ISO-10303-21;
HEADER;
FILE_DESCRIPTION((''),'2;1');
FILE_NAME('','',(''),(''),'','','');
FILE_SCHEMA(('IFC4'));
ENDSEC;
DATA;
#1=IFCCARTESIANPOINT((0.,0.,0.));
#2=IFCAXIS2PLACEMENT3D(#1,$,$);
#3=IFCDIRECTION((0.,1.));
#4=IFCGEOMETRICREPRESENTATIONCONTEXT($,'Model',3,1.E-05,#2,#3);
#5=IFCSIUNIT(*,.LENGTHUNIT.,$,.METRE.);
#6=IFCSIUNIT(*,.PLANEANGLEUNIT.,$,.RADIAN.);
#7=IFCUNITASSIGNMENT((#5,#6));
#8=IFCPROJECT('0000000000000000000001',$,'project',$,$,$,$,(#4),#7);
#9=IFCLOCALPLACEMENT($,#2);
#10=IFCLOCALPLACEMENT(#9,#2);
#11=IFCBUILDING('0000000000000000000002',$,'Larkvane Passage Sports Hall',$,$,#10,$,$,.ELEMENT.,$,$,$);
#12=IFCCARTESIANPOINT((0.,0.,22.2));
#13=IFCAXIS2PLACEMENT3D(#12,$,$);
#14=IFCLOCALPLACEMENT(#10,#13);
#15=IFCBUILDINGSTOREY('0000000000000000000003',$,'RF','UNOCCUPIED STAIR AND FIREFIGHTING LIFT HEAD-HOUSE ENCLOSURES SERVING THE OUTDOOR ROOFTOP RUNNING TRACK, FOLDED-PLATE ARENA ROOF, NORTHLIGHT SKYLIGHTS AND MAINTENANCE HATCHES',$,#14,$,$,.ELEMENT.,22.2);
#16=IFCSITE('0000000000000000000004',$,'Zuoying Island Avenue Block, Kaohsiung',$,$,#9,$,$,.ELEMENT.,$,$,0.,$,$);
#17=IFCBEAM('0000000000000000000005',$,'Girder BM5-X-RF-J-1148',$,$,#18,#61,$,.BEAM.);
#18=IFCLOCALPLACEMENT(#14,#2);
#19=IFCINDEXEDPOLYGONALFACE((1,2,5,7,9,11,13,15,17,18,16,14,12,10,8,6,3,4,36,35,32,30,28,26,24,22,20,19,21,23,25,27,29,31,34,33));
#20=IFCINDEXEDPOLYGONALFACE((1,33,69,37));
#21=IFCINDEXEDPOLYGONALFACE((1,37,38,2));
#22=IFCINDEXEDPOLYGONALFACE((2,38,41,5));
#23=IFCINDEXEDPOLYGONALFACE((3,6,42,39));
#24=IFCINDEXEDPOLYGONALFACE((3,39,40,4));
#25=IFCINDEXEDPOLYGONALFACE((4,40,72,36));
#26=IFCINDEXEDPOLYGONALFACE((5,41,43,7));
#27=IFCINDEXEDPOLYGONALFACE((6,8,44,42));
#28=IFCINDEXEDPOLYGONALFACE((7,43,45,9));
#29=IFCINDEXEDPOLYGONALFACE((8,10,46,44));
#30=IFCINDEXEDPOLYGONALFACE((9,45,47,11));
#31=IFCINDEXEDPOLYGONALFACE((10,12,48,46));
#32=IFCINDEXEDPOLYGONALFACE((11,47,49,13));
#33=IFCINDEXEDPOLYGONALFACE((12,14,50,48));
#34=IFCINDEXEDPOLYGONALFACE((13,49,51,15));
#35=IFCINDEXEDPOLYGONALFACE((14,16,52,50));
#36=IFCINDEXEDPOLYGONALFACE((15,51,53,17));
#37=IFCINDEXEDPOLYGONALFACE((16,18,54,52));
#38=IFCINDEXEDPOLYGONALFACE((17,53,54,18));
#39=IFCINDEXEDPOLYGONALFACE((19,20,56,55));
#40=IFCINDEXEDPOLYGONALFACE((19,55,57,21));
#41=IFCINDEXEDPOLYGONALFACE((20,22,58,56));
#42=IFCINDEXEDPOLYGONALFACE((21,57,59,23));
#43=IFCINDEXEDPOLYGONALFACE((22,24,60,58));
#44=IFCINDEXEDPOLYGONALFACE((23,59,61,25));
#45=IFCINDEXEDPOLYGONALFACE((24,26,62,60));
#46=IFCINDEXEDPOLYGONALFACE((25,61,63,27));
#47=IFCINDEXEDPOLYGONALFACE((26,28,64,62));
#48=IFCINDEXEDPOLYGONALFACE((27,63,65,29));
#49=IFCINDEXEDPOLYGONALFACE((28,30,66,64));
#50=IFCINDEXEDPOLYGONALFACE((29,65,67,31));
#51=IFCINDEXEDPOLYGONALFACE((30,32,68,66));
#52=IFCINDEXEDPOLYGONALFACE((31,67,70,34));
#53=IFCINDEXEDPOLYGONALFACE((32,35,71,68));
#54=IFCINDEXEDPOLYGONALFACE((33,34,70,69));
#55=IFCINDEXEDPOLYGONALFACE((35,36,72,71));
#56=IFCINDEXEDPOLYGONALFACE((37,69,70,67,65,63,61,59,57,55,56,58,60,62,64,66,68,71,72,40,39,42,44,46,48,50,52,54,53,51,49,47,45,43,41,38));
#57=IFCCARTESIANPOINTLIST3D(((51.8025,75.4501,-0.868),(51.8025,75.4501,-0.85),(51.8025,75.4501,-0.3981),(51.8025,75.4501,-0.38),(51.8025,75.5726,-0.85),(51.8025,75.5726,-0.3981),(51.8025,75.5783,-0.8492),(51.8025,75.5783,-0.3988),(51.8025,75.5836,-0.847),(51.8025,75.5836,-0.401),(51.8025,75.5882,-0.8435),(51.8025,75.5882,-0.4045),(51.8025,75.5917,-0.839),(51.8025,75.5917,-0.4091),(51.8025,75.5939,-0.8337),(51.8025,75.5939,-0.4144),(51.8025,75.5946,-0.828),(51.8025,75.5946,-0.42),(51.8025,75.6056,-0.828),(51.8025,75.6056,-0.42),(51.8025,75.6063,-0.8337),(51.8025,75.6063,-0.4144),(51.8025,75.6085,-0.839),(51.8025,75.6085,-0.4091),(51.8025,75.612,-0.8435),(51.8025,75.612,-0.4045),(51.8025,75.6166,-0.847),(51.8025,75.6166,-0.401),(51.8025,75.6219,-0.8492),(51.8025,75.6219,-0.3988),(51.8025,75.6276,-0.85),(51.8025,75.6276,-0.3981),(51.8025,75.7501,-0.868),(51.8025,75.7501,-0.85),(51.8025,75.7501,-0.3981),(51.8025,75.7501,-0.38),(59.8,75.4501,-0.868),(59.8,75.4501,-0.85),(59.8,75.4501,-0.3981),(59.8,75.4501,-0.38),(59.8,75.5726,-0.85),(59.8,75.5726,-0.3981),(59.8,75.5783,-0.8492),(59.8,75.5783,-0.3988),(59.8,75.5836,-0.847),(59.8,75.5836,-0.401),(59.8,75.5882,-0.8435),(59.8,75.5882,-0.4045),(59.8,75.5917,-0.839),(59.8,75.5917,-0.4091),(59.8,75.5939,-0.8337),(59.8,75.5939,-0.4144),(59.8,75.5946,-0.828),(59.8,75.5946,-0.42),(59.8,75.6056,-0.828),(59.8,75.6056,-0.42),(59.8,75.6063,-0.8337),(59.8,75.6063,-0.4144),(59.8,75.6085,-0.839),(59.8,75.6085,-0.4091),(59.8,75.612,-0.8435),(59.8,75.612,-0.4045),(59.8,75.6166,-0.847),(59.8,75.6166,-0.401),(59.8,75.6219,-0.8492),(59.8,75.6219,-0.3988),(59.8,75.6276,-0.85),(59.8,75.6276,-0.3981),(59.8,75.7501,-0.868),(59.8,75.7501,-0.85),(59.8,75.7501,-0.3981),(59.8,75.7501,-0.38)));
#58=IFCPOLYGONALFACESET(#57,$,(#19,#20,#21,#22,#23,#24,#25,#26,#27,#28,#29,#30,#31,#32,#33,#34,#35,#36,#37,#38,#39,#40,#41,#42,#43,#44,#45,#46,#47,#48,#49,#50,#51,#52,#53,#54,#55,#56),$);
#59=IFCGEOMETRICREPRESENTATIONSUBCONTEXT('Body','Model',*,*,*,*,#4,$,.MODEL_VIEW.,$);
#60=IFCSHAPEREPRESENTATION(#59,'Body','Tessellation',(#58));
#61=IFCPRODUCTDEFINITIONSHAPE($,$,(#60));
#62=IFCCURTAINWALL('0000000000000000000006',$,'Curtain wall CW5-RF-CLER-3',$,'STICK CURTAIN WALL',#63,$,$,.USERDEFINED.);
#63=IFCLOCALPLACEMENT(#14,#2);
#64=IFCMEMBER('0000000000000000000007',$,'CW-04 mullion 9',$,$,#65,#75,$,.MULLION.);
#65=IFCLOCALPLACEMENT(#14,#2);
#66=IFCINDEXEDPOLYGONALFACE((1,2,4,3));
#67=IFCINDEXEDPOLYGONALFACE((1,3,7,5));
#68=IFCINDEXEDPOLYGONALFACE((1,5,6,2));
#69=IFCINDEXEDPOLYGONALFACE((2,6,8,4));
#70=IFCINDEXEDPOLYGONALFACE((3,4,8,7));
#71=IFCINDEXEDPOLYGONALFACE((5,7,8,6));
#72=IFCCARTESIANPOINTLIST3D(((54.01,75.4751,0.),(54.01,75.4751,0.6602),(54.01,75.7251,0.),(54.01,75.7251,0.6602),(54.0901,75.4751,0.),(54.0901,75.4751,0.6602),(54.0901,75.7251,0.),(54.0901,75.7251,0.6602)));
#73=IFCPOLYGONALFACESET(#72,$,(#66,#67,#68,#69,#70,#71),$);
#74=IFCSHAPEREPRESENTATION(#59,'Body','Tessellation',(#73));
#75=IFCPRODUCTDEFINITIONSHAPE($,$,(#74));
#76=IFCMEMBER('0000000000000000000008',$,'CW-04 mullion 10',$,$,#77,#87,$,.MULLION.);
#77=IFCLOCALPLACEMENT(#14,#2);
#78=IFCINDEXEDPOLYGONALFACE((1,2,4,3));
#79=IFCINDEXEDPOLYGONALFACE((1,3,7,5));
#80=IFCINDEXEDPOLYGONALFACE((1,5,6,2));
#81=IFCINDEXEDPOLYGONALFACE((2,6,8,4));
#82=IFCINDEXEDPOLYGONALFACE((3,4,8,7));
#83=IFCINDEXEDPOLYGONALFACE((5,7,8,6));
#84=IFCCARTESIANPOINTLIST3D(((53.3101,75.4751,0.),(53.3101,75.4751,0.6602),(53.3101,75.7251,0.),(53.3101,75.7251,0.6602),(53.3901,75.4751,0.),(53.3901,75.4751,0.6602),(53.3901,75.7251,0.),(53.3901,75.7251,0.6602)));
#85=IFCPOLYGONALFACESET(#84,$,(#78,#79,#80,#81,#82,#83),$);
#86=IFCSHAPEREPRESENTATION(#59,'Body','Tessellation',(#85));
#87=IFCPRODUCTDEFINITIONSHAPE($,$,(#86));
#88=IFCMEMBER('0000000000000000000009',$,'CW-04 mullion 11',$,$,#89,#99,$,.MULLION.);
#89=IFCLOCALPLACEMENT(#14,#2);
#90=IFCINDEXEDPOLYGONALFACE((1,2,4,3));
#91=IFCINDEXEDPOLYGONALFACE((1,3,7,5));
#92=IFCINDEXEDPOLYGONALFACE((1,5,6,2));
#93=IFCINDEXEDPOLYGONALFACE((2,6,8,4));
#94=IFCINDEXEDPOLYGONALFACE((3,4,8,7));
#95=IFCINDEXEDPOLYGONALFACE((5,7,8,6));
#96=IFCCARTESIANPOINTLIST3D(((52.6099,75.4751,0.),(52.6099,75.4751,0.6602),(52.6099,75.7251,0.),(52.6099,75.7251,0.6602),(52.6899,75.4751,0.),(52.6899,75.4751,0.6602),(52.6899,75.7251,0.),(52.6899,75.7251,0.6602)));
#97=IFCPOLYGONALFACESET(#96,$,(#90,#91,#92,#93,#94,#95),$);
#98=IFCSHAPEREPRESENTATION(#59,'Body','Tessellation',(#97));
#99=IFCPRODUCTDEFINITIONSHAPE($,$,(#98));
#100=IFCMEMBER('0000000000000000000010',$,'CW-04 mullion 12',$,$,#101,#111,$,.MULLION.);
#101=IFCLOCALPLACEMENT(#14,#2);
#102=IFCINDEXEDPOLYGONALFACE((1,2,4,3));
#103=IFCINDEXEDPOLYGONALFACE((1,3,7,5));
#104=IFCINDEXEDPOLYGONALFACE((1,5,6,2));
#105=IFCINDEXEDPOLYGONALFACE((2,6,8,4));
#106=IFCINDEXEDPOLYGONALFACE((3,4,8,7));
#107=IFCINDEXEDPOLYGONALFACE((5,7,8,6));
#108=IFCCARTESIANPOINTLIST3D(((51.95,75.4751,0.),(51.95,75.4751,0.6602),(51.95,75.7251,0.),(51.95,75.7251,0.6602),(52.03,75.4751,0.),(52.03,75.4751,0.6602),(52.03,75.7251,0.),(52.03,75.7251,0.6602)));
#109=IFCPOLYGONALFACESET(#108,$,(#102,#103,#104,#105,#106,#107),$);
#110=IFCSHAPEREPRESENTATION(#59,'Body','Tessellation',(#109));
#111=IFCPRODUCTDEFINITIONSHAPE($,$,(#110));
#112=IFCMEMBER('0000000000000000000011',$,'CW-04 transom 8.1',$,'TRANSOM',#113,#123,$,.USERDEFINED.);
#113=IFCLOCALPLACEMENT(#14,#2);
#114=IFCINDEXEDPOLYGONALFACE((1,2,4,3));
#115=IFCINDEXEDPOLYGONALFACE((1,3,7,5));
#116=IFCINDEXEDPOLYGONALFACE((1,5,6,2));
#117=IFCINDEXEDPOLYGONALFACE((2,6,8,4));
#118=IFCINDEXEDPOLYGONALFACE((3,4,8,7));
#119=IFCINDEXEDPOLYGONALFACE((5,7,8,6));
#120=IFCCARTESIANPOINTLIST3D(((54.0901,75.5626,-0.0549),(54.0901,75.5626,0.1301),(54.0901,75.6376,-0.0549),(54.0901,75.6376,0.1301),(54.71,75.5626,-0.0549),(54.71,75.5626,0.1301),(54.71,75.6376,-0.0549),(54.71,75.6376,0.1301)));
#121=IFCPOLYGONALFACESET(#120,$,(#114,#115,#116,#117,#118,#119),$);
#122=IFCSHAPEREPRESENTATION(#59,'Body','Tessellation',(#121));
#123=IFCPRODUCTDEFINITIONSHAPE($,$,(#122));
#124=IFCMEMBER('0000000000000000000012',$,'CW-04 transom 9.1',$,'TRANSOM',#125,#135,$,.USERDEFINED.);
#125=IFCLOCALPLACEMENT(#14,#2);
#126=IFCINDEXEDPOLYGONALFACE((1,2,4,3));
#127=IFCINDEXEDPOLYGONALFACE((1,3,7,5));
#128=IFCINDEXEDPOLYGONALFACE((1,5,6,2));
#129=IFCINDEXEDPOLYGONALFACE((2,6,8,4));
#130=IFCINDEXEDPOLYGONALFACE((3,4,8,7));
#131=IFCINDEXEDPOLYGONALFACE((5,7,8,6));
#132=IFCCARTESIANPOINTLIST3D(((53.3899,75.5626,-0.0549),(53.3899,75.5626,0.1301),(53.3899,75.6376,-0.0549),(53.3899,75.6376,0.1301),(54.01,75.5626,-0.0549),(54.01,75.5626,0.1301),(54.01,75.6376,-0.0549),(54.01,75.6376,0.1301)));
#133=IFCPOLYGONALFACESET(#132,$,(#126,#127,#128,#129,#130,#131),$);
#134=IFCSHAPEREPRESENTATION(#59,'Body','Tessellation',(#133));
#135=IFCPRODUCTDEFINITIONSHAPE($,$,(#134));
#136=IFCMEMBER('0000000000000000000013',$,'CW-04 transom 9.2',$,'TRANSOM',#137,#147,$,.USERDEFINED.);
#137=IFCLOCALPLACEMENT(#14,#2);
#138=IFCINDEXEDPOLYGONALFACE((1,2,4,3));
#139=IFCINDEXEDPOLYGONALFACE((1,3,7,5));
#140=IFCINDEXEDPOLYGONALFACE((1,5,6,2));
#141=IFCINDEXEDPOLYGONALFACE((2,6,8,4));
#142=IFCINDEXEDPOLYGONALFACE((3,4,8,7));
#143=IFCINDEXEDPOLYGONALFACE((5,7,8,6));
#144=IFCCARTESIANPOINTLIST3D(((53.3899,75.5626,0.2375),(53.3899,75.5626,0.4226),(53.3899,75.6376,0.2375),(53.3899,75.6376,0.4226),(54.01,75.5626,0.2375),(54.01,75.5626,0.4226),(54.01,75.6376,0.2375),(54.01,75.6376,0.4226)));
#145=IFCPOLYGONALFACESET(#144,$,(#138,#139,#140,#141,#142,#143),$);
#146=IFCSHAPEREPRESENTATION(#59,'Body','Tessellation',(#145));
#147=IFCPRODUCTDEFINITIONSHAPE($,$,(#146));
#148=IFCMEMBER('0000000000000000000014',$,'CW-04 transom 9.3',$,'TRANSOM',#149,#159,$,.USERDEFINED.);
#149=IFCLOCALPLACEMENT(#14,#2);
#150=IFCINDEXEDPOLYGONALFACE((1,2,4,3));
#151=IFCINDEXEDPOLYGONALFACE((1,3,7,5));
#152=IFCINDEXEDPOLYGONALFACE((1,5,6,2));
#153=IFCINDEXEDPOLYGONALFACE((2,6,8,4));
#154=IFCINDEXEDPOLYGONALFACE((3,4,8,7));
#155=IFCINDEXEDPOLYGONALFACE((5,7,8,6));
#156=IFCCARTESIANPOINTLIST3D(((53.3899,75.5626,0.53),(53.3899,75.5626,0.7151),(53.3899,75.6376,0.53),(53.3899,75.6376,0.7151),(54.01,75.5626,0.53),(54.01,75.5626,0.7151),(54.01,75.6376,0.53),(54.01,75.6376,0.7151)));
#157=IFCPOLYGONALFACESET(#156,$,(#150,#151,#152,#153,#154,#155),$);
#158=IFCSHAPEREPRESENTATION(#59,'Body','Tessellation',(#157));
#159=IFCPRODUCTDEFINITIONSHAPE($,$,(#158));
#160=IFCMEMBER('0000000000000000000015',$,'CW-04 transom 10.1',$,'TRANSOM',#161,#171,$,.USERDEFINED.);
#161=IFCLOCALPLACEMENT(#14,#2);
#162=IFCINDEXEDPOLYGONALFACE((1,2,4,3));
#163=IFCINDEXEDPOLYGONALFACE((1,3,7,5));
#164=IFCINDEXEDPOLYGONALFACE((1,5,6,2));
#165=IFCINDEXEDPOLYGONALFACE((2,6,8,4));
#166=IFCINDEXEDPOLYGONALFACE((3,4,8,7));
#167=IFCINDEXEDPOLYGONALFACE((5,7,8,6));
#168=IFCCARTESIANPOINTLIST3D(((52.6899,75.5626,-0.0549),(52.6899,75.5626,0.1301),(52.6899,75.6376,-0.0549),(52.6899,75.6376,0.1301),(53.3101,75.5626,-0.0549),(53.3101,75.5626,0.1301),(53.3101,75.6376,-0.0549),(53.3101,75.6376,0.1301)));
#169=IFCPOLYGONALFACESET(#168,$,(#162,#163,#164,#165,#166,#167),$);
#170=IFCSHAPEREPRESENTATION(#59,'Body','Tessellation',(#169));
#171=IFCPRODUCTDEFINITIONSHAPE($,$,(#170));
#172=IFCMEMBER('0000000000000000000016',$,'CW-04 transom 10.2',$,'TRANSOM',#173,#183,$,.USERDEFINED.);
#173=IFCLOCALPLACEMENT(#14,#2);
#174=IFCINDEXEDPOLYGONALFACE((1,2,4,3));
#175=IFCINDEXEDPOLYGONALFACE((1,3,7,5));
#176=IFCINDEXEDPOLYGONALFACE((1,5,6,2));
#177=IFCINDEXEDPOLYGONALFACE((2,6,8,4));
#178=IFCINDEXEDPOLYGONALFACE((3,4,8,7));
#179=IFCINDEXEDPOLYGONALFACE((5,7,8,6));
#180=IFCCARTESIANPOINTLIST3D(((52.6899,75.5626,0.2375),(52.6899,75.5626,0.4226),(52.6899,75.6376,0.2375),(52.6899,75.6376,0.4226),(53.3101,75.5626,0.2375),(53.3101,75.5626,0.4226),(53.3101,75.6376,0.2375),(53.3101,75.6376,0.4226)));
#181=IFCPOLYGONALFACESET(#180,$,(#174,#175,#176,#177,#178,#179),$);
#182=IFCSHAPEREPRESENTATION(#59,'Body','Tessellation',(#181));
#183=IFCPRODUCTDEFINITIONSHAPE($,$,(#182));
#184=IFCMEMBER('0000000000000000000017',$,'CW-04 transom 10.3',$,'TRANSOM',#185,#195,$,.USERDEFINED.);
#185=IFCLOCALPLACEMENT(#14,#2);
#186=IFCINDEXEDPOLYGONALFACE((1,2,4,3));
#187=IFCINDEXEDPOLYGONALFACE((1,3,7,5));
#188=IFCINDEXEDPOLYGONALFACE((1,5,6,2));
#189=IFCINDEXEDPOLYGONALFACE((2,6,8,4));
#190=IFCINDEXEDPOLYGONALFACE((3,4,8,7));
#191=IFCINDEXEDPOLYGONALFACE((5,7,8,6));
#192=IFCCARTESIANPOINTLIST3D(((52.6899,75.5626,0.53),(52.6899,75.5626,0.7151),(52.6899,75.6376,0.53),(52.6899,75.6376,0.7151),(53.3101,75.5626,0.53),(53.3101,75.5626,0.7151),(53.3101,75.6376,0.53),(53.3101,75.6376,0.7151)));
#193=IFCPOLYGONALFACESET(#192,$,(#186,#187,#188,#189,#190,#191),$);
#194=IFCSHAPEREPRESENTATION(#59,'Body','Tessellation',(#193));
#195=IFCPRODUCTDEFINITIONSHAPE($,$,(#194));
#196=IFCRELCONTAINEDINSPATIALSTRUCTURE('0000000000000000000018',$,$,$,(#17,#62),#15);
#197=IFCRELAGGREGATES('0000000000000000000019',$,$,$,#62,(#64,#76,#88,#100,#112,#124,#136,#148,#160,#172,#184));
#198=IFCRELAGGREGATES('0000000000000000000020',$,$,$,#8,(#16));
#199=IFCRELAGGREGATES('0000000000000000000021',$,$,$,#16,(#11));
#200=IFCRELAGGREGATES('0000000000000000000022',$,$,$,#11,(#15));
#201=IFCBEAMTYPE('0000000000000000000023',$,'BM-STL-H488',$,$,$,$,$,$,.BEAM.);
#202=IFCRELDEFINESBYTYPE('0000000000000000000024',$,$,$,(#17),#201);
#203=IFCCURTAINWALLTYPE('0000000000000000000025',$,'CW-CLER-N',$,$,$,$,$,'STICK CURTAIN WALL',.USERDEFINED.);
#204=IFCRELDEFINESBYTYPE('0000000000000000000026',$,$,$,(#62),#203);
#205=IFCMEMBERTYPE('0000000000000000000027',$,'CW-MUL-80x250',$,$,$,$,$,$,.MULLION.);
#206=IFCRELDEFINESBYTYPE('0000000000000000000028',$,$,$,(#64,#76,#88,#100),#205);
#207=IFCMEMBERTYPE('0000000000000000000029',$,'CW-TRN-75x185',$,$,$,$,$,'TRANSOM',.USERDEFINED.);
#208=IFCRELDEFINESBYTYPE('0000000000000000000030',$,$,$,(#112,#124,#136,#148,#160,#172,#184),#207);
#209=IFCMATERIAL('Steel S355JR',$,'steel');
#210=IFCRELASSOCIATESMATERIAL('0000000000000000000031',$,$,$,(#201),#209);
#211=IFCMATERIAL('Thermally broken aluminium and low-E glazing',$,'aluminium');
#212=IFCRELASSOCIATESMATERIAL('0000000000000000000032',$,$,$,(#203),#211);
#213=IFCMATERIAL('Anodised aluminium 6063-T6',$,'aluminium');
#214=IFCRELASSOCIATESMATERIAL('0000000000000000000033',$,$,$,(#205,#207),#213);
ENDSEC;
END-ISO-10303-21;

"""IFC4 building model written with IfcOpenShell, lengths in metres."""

from ifc_helpers import new_model, si_unit, direction, frame, origin, origin_2d, place, context, subcontext, project, spatial, rectangle, i_section, extrude, material, material_profile, profile_set, type_object, element, aggregate, save


model = new_model("IFC4")

# Units and contexts
model_context = context("Model", 3, precision=1e-05, world=origin(), true_north=direction((0.0, 1.0)))
body_context = subcontext(model_context, "Body", "Model", "MODEL_VIEW")
ifc_project = project(units=[si_unit("LENGTHUNIT", "METRE"), si_unit("PLANEANGLEUNIT", "RADIAN")], contexts=[model_context])

# Site, building, storey
site_placement = place(None, origin())
site = spatial("IfcSite", under=ifc_project, at=site_placement, Name="Zuoying Island Avenue Block, Kaohsiung", CompositionType="ELEMENT", RefElevation=0.0)
building_placement = place(site_placement, origin())
building = spatial("IfcBuilding", under=site, at=building_placement, Name="Larkvane Passage Sports Hall", CompositionType="ELEMENT")
storey_placement = place(building_placement, frame((0.0, 0.0, 22.2)))
storey = spatial("IfcBuildingStorey", under=building, at=storey_placement, Name="RF", Description="UNOCCUPIED STAIR AND FIREFIGHTING LIFT HEAD-HOUSE ENCLOSURES SERVING THE OUTDOOR ROOFTOP RUNNING TRACK, FOLDED-PLATE ARENA ROOF, NORTHLIGHT SKYLIGHTS AND MAINTENANCE HATCHES", CompositionType="ELEMENT", Elevation=22.2)

# Beam
ifc_material_1 = material(Name="Steel S355JR", Category="steel")
ifc_material_profile_1 = material_profile(ifc_material_1, i_section(OverallWidth=0.3, OverallDepth=0.488, WebThickness=0.011, FlangeThickness=0.0181, FilletRadius=0.022, at=origin_2d()), Name="H-488x300x11x18")
ifc_profile_set_1 = profile_set([ifc_material_profile_1], Name="Steel S355JR")
beam_type = type_object("IfcBeamType", Name="BM-STL-H488", PredefinedType="BEAM", material=ifc_profile_set_1)
beam_placement = place(storey_placement, frame((51.8025, 75.6001, -0.624), z_axis=(1.0, 0.0, 0.0), x_axis=(0.0, 1.0, 0.0)))
element("IfcBeam", 1, at=beam_placement, inside=storey, type_object=beam_type, Name="Girder BM5-X-RF-J-1148", PredefinedType="BEAM", context=body_context, shape_type="SweptSolid", body=[
    extrude(i_section(OverallWidth=0.3, OverallDepth=0.488, WebThickness=0.011, FlangeThickness=0.0181, FilletRadius=0.022, at=origin_2d()), origin(), (0.0, 0.0, 1.0), 7.9976),
])

# Curtain wall, members
ifc_material_2 = material(Name="Thermally broken aluminium and low-E glazing", Category="aluminium")
curtain_wall_type = type_object("IfcCurtainWallType", Name="CW-CLER-N", ElementType="STICK CURTAIN WALL", PredefinedType="USERDEFINED", material=ifc_material_2)
curtain_wall_placement = place(storey_placement, origin())
curtain_wall = element("IfcCurtainWall", 2, at=curtain_wall_placement, inside=storey, type_object=curtain_wall_type, Name="Curtain wall CW5-RF-CLER-3", ObjectType="STICK CURTAIN WALL", PredefinedType="USERDEFINED")
ifc_material_3 = material(Name="Anodised aluminium 6063-T6", Category="aluminium")
ifc_material_profile_2 = material_profile(ifc_material_3, rectangle(XDim=0.0801, YDim=0.25, at=origin_2d()), Name="ALU-MUL-80x250")
ifc_profile_set_2 = profile_set([ifc_material_profile_2], Name="Anodised aluminium 6063-T6")
member_type_1 = type_object("IfcMemberType", Name="CW-MUL-80x250", PredefinedType="MULLION", material=ifc_profile_set_2)
member_1_placement = place(storey_placement, frame((54.05, 75.6001, 0.0), z_axis=(0.0, 0.0, 1.0), x_axis=(-1.0, 0.0, 0.0)))
member_1 = element("IfcMember", 3, at=member_1_placement, type_object=member_type_1, Name="CW-04 mullion 9", PredefinedType="MULLION", context=body_context, shape_type="SweptSolid", body=[
    extrude(rectangle(XDim=0.0801, YDim=0.25, at=origin_2d()), origin(), (0.0, 0.0, 1.0), 0.6602),
])
member_2_placement = place(storey_placement, frame((53.3501, 75.6001, 0.0), z_axis=(0.0, 0.0, 1.0), x_axis=(-1.0, 0.0, 0.0)))
member_2 = element("IfcMember", 4, at=member_2_placement, type_object=member_type_1, Name="CW-04 mullion 10", PredefinedType="MULLION", context=body_context, shape_type="SweptSolid", body=[
    extrude(rectangle(XDim=0.0801, YDim=0.25, at=origin_2d()), origin(), (0.0, 0.0, 1.0), 0.6602),
])
member_3_placement = place(storey_placement, frame((52.6499, 75.6001, 0.0), z_axis=(0.0, 0.0, 1.0), x_axis=(-1.0, 0.0, 0.0)))
member_3 = element("IfcMember", 5, at=member_3_placement, type_object=member_type_1, Name="CW-04 mullion 11", PredefinedType="MULLION", context=body_context, shape_type="SweptSolid", body=[
    extrude(rectangle(XDim=0.0801, YDim=0.25, at=origin_2d()), origin(), (0.0, 0.0, 1.0), 0.6602),
])
member_4_placement = place(storey_placement, frame((51.99, 75.6001, 0.0), z_axis=(0.0, 0.0, 1.0), x_axis=(-1.0, 0.0, 0.0)))
member_4 = element("IfcMember", 6, at=member_4_placement, type_object=member_type_1, Name="CW-04 mullion 12", PredefinedType="MULLION", context=body_context, shape_type="SweptSolid", body=[
    extrude(rectangle(XDim=0.0801, YDim=0.25, at=origin_2d()), origin(), (0.0, 0.0, 1.0), 0.6602),
])
ifc_material_profile_3 = material_profile(ifc_material_3, rectangle(XDim=0.075, YDim=0.1851, at=origin_2d()), Name="ALU-TRN-75x185")
ifc_profile_set_3 = profile_set([ifc_material_profile_3], Name="Anodised aluminium 6063-T6")
member_type_2 = type_object("IfcMemberType", Name="CW-TRN-75x185", ElementType="TRANSOM", PredefinedType="USERDEFINED", material=ifc_profile_set_3)
member_5_placement = place(storey_placement, frame((54.71, 75.6001, 0.0376), z_axis=(-1.0, 0.0, 0.0), x_axis=(0.0, -1.0, 0.0)))
member_5 = element("IfcMember", 7, at=member_5_placement, type_object=member_type_2, Name="CW-04 transom 8.1", ObjectType="TRANSOM", PredefinedType="USERDEFINED", context=body_context, shape_type="SweptSolid", body=[
    extrude(rectangle(XDim=0.075, YDim=0.1851, at=origin_2d()), origin(), (0.0, 0.0, 1.0), 0.6199),
])
member_6_placement = place(storey_placement, frame((54.01, 75.6001, 0.0376), z_axis=(-1.0, 0.0, 0.0), x_axis=(0.0, -1.0, 0.0)))
member_6 = element("IfcMember", 8, at=member_6_placement, type_object=member_type_2, Name="CW-04 transom 9.1", ObjectType="TRANSOM", PredefinedType="USERDEFINED", context=body_context, shape_type="SweptSolid", body=[
    extrude(rectangle(XDim=0.075, YDim=0.1851, at=origin_2d()), origin(), (0.0, 0.0, 1.0), 0.6201),
])
member_7_placement = place(storey_placement, frame((54.01, 75.6001, 0.3301), z_axis=(-1.0, 0.0, 0.0), x_axis=(0.0, -1.0, 0.0)))
member_7 = element("IfcMember", 9, at=member_7_placement, type_object=member_type_2, Name="CW-04 transom 9.2", ObjectType="TRANSOM", PredefinedType="USERDEFINED", context=body_context, shape_type="SweptSolid", body=[
    extrude(rectangle(XDim=0.075, YDim=0.1851, at=origin_2d()), origin(), (0.0, 0.0, 1.0), 0.6201),
])
member_8_placement = place(storey_placement, frame((54.01, 75.6001, 0.6226), z_axis=(-1.0, 0.0, 0.0), x_axis=(0.0, -1.0, 0.0)))
member_8 = element("IfcMember", 10, at=member_8_placement, type_object=member_type_2, Name="CW-04 transom 9.3", ObjectType="TRANSOM", PredefinedType="USERDEFINED", context=body_context, shape_type="SweptSolid", body=[
    extrude(rectangle(XDim=0.075, YDim=0.1851, at=origin_2d()), origin(), (0.0, 0.0, 1.0), 0.6201),
])
member_9_placement = place(storey_placement, frame((53.3101, 75.6001, 0.0376), z_axis=(-1.0, 0.0, 0.0), x_axis=(0.0, -1.0, 0.0)))
member_9 = element("IfcMember", 11, at=member_9_placement, type_object=member_type_2, Name="CW-04 transom 10.1", ObjectType="TRANSOM", PredefinedType="USERDEFINED", context=body_context, shape_type="SweptSolid", body=[
    extrude(rectangle(XDim=0.075, YDim=0.1851, at=origin_2d()), origin(), (0.0, 0.0, 1.0), 0.6201),
])
member_10_placement = place(storey_placement, frame((53.3101, 75.6001, 0.3301), z_axis=(-1.0, 0.0, 0.0), x_axis=(0.0, -1.0, 0.0)))
member_10 = element("IfcMember", 12, at=member_10_placement, type_object=member_type_2, Name="CW-04 transom 10.2", ObjectType="TRANSOM", PredefinedType="USERDEFINED", context=body_context, shape_type="SweptSolid", body=[
    extrude(rectangle(XDim=0.075, YDim=0.1851, at=origin_2d()), origin(), (0.0, 0.0, 1.0), 0.6201),
])
member_11_placement = place(storey_placement, frame((53.3101, 75.6001, 0.6226), z_axis=(-1.0, 0.0, 0.0), x_axis=(0.0, -1.0, 0.0)))
member_11 = element("IfcMember", 13, at=member_11_placement, type_object=member_type_2, Name="CW-04 transom 10.3", ObjectType="TRANSOM", PredefinedType="USERDEFINED", context=body_context, shape_type="SweptSolid", body=[
    extrude(rectangle(XDim=0.075, YDim=0.1851, at=origin_2d()), origin(), (0.0, 0.0, 1.0), 0.6201),
])

aggregate(curtain_wall, [member_1, member_2, member_3, member_4, member_5, member_6, member_7, member_8, member_9, member_10, member_11])

save(model, "model.ifc")
